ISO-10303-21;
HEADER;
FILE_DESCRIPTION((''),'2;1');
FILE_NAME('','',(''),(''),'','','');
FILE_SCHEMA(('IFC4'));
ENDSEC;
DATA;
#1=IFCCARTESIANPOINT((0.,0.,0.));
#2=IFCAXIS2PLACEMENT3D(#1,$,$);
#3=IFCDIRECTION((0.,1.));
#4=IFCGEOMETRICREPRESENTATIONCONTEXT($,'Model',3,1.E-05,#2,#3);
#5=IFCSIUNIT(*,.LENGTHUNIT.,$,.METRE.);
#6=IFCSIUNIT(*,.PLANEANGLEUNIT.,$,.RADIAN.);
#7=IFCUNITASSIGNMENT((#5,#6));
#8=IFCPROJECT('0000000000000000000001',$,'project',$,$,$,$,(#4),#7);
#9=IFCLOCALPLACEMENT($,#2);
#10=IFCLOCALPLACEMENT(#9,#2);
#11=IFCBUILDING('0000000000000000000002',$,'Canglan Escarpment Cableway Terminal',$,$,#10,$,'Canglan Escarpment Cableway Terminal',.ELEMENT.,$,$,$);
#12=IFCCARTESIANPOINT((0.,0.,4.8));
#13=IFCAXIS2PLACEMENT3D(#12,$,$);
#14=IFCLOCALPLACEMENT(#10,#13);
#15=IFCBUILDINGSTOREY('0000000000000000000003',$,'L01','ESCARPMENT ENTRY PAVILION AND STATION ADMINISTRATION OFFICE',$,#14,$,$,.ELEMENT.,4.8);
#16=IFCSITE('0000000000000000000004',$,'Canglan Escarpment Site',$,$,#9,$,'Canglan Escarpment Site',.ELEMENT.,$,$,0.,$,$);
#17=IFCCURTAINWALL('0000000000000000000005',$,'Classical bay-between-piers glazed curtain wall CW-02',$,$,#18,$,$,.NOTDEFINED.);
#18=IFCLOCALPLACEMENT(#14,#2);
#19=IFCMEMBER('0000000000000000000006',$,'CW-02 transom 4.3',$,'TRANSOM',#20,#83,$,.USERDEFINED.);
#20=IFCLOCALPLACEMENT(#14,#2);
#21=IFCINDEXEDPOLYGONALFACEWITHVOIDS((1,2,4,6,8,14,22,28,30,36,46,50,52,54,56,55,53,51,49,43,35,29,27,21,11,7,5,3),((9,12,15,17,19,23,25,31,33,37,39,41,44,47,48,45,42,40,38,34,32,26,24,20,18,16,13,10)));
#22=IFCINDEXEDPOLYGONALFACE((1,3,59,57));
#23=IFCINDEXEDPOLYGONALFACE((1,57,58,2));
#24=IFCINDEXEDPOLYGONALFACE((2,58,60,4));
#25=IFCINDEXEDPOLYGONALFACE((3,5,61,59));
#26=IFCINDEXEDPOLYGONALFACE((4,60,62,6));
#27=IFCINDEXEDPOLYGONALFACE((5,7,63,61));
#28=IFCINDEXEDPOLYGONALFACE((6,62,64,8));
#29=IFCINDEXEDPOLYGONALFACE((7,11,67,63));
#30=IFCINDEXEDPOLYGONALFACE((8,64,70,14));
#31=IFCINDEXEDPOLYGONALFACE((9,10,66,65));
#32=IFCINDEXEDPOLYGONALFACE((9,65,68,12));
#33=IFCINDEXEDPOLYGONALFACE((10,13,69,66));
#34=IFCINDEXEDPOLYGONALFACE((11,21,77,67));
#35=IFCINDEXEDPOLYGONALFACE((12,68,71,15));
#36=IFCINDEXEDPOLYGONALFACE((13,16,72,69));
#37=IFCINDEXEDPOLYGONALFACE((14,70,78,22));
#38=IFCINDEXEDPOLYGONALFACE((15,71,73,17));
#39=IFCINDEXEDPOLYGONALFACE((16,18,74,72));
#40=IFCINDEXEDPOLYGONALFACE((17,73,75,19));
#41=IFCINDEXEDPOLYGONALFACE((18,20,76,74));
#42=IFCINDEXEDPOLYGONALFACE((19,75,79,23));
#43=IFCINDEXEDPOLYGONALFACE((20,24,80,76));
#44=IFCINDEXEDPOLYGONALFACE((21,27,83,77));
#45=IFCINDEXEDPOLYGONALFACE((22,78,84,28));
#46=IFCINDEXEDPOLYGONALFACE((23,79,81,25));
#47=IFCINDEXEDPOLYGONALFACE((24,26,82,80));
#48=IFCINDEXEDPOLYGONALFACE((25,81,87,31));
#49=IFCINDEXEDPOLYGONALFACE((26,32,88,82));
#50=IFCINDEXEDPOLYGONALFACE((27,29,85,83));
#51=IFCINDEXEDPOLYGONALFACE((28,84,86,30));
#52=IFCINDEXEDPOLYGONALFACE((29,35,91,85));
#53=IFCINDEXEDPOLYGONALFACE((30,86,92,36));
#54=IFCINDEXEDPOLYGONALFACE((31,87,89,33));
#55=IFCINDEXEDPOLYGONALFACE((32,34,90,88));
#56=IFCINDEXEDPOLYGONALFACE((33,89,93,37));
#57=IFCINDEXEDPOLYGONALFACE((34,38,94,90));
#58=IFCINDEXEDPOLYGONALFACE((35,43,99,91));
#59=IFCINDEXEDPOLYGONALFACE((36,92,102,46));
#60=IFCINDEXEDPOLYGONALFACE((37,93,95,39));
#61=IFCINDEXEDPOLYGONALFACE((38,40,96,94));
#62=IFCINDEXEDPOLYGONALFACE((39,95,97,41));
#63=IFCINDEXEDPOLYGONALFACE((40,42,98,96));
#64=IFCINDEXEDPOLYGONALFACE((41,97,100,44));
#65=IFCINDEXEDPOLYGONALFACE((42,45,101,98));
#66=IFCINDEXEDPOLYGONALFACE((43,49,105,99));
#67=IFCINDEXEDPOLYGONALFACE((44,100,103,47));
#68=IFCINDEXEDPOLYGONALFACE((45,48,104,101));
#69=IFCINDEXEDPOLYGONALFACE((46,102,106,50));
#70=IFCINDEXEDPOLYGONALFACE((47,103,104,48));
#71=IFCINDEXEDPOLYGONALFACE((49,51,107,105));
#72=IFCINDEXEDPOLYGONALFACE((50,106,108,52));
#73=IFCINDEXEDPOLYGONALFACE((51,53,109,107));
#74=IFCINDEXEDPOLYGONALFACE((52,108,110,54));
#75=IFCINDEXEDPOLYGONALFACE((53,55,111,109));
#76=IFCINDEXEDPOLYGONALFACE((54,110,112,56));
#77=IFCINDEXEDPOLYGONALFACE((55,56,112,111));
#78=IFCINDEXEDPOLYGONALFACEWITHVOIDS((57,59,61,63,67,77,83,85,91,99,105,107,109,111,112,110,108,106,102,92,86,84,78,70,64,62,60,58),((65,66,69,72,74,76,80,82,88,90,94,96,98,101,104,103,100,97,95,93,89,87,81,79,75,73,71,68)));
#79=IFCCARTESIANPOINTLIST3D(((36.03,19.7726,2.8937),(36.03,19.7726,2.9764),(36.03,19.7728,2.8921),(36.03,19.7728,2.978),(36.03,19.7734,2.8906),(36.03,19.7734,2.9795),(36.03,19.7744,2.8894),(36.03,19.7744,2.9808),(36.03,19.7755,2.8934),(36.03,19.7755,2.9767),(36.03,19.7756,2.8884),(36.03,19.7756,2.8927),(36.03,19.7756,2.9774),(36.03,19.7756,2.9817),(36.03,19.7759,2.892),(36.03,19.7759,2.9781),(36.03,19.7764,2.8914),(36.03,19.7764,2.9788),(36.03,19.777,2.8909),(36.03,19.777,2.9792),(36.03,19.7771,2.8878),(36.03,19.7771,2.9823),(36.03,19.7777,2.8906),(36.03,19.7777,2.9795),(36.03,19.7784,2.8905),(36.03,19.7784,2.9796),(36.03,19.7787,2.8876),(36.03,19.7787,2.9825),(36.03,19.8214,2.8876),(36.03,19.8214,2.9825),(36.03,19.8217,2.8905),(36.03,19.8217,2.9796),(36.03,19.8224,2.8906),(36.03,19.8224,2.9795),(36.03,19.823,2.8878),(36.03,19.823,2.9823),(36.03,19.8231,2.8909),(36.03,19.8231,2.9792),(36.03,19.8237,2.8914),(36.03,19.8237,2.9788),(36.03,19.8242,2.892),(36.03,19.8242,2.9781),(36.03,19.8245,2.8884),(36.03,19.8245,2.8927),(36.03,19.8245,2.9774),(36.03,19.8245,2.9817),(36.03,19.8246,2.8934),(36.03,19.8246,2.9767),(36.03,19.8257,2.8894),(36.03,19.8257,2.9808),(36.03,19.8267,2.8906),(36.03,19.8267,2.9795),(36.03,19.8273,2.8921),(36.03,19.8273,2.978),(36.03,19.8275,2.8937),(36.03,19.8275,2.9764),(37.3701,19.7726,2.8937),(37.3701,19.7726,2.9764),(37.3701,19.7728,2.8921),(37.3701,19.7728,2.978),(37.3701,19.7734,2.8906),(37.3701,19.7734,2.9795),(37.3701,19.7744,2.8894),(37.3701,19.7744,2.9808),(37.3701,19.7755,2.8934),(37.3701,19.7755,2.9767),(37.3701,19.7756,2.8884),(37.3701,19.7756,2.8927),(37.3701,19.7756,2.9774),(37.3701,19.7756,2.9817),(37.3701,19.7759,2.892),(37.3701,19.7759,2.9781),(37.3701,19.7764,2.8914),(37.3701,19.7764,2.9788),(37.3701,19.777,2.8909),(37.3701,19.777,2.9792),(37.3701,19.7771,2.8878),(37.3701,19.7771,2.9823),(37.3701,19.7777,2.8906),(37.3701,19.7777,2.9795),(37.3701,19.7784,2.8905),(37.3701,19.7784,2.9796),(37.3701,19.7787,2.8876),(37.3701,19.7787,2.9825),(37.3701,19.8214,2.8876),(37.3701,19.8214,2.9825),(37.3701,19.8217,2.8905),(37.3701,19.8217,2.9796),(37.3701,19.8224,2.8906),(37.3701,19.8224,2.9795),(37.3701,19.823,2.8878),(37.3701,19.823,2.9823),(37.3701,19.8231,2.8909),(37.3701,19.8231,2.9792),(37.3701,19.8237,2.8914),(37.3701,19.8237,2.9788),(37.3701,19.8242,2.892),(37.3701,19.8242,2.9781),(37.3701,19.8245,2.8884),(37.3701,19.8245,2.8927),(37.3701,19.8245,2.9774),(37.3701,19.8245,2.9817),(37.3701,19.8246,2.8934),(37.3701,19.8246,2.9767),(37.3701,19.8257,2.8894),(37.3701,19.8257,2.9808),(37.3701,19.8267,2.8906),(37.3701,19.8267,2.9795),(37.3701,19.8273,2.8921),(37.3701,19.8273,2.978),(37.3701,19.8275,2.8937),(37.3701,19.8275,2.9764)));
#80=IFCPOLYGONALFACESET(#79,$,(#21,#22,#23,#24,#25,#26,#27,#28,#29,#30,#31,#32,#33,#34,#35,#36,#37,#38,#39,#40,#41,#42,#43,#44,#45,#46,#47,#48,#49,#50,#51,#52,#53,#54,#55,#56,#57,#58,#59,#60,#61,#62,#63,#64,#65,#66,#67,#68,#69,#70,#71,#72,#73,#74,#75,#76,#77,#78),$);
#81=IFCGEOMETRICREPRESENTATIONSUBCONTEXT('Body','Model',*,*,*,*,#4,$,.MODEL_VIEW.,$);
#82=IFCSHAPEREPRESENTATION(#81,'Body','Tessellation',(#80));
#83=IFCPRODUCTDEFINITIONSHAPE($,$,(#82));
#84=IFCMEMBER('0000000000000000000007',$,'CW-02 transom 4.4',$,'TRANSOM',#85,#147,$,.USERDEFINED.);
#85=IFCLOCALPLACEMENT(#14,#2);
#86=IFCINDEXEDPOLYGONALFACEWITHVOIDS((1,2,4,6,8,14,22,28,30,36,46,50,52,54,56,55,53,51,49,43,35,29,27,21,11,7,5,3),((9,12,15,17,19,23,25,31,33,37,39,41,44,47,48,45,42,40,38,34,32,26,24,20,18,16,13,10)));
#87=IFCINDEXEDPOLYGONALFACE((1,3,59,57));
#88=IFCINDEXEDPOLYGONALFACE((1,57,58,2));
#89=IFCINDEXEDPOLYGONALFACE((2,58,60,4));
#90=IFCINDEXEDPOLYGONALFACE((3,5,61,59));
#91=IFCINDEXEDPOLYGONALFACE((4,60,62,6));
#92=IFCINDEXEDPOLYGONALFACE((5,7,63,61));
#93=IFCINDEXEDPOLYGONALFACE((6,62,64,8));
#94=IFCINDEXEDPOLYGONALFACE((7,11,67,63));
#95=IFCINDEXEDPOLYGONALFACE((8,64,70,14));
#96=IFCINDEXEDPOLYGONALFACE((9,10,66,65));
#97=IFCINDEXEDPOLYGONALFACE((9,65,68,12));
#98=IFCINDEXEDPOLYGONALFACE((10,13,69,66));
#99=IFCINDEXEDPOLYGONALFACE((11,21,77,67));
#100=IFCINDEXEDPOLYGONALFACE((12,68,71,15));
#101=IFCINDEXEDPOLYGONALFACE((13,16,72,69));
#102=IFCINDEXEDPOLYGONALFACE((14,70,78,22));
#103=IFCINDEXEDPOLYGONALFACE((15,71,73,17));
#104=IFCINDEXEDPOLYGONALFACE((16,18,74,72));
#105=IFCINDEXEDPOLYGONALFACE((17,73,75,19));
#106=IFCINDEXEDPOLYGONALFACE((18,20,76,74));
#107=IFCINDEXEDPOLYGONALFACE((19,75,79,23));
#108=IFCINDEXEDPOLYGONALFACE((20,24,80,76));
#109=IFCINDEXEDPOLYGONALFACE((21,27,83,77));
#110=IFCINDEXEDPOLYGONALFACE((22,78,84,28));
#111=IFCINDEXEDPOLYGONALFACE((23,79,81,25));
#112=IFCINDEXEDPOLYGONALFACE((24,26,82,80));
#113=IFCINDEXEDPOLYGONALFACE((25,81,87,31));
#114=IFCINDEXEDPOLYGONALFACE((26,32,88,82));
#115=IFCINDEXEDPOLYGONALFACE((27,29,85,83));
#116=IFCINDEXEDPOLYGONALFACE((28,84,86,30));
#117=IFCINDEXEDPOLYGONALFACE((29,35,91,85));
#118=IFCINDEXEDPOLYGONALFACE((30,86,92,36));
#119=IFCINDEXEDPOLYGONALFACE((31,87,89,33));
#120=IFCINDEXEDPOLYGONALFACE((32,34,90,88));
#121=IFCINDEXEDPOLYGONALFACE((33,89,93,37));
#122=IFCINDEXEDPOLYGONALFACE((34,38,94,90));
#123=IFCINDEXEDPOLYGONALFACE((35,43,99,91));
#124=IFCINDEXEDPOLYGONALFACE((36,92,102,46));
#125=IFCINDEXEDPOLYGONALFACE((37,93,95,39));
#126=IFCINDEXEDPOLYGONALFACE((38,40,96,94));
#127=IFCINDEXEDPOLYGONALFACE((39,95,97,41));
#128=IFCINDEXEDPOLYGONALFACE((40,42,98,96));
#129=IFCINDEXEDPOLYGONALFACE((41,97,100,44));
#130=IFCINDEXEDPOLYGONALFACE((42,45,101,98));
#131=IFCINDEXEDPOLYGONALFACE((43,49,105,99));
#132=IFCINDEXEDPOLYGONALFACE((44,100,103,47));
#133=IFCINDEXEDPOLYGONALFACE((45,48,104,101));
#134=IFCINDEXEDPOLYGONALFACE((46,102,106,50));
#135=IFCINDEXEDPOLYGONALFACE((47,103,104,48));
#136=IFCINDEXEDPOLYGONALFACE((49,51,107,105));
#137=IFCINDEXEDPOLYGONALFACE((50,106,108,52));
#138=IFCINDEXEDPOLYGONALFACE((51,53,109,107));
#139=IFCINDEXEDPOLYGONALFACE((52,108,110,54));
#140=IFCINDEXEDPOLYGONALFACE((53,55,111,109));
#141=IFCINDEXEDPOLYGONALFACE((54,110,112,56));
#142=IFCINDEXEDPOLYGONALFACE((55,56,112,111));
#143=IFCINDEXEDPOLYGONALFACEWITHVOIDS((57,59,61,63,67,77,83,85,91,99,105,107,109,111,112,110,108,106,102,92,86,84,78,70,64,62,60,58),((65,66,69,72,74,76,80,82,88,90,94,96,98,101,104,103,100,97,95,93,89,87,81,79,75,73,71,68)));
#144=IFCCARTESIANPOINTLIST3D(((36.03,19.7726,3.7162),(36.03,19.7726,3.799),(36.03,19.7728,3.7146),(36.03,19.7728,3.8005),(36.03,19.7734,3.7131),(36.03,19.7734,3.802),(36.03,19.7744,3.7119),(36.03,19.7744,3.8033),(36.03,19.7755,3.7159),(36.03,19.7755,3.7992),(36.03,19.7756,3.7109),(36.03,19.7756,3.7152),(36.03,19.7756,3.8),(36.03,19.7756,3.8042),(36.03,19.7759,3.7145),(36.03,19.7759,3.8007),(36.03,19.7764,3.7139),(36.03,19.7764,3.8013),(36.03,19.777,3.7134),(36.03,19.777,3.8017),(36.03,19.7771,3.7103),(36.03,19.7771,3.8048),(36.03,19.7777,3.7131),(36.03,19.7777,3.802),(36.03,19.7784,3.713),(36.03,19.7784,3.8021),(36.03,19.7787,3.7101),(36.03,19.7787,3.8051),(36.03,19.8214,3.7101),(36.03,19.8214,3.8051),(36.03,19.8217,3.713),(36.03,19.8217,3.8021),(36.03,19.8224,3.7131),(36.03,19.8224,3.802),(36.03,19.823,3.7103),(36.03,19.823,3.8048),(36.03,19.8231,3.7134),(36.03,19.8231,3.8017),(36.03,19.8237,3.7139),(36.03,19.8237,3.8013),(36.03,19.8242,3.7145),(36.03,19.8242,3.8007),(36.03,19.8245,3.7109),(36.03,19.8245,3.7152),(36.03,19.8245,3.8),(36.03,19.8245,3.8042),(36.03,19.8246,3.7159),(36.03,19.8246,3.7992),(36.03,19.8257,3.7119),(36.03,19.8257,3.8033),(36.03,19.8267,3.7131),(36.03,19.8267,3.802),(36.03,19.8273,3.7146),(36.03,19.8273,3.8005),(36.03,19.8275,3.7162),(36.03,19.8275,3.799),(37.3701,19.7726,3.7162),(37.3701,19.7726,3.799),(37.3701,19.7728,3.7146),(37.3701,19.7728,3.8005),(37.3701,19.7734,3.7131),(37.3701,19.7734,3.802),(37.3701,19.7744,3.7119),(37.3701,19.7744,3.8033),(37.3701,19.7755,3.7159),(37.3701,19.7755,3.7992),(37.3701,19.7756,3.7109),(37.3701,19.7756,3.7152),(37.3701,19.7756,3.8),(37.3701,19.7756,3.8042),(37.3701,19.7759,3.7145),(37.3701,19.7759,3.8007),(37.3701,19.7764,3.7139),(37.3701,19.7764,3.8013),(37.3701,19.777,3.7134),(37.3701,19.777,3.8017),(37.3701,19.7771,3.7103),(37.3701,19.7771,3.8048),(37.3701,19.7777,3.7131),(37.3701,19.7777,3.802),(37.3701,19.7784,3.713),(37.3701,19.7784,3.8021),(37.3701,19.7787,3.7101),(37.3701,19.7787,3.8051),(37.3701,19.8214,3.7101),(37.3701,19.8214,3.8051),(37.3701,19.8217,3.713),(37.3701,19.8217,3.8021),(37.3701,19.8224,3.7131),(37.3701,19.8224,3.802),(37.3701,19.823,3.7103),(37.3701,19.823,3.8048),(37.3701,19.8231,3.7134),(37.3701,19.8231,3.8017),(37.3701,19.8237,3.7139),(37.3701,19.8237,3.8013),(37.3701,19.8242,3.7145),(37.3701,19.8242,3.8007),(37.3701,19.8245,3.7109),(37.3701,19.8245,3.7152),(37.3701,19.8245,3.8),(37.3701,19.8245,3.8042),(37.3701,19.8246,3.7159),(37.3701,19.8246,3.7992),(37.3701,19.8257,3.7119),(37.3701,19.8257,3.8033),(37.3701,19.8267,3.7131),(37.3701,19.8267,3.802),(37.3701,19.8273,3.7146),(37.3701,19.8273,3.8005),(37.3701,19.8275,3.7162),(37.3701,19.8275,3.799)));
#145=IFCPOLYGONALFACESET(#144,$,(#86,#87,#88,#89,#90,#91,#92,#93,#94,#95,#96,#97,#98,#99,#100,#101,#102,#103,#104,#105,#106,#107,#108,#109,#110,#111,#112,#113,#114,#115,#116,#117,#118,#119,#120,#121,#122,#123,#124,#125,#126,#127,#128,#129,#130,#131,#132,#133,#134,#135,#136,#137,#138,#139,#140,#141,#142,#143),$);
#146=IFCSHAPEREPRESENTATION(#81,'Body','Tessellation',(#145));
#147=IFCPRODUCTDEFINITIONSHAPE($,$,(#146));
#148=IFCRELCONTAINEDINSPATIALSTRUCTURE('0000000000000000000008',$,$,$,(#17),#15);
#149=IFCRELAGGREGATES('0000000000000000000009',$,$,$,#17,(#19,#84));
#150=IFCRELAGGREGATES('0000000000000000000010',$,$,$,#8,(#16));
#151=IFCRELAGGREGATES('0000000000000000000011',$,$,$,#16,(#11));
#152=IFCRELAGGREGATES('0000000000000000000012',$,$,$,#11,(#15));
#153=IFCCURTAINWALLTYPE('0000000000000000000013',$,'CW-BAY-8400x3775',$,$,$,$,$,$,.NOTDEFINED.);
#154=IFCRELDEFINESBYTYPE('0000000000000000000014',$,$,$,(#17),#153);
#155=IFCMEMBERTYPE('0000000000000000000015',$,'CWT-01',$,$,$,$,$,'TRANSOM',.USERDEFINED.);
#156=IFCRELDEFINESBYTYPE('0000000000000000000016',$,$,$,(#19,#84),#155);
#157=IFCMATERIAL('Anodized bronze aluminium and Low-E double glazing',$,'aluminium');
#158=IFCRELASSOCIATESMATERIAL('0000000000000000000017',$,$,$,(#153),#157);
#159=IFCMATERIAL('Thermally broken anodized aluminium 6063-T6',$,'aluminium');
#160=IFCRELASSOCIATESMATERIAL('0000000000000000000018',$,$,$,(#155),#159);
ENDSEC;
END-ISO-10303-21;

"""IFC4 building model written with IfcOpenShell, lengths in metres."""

from ifc_helpers import new_model, si_unit, direction, frame, origin, origin_2d, place, context, subcontext, project, spatial, hollow_rectangle, extrude, material, material_profile, profile_set, type_object, element, aggregate, save


model = new_model("IFC4")

# Units and contexts
model_context = context("Model", 3, precision=1e-05, world=origin(), true_north=direction((0.0, 1.0)))
body_context = subcontext(model_context, "Body", "Model", "MODEL_VIEW")
ifc_project = project(units=[si_unit("LENGTHUNIT", "METRE"), si_unit("PLANEANGLEUNIT", "RADIAN")], contexts=[model_context])

# Site, building, storey
site_placement = place(None, origin())
site = spatial("IfcSite", under=ifc_project, at=site_placement, Name="Canglan Escarpment Site", LongName="Canglan Escarpment Site", CompositionType="ELEMENT", RefElevation=0.0)
building_placement = place(site_placement, origin())
building = spatial("IfcBuilding", under=site, at=building_placement, Name="Canglan Escarpment Cableway Terminal", LongName="Canglan Escarpment Cableway Terminal", CompositionType="ELEMENT")
storey_placement = place(building_placement, frame((0.0, 0.0, 4.8)))
storey = spatial("IfcBuildingStorey", under=building, at=storey_placement, Name="L01", Description="ESCARPMENT ENTRY PAVILION AND STATION ADMINISTRATION OFFICE", CompositionType="ELEMENT", Elevation=4.8)

# Curtain wall, members
ifc_material_1 = material(Name="Anodized bronze aluminium and Low-E double glazing", Category="aluminium")
curtain_wall_type = type_object("IfcCurtainWallType", Name="CW-BAY-8400x3775", PredefinedType="NOTDEFINED", material=ifc_material_1)
curtain_wall_placement = place(storey_placement, origin())
curtain_wall = element("IfcCurtainWall", 1, at=curtain_wall_placement, inside=storey, type_object=curtain_wall_type, Name="Classical bay-between-piers glazed curtain wall CW-02", PredefinedType="NOTDEFINED")
ifc_material_2 = material(Name="Thermally broken anodized aluminium 6063-T6", Category="aluminium")
ifc_material_profile_1 = material_profile(ifc_material_2, hollow_rectangle(XDim=0.0549, YDim=0.095, WallThickness=0.0029, InnerFilletRadius=0.0029, OuterFilletRadius=0.0061, at=origin_2d()), Name="ALU-TRAN 55x95x3")
ifc_profile_set_1 = profile_set([ifc_material_profile_1], Name="Thermally broken anodized aluminium 6063-T6")
member_type_1 = type_object("IfcMemberType", Name="CWT-01", ElementType="TRANSOM", PredefinedType="USERDEFINED", material=ifc_profile_set_1)
member_1_placement = place(storey_placement, frame((37.3701, 19.8, 2.9351), z_axis=(-1.0, 0.0, 0.0), x_axis=(0.0, -1.0, 0.0)))
member_1 = element("IfcMember", 2, at=member_1_placement, type_object=member_type_1, Name="CW-02 transom 4.3", ObjectType="TRANSOM", PredefinedType="USERDEFINED", context=body_context, shape_type="SweptSolid", body=[
    extrude(hollow_rectangle(XDim=0.0549, YDim=0.095, WallThickness=0.0029, InnerFilletRadius=0.0029, OuterFilletRadius=0.0061, at=origin_2d()), origin(), (0.0, 0.0, 1.0), 1.3401),
])
member_2_placement = place(storey_placement, frame((37.3701, 19.8, 3.7576), z_axis=(-1.0, 0.0, 0.0), x_axis=(0.0, -1.0, 0.0)))
member_2 = element("IfcMember", 3, at=member_2_placement, type_object=member_type_1, Name="CW-02 transom 4.4", ObjectType="TRANSOM", PredefinedType="USERDEFINED", context=body_context, shape_type="SweptSolid", body=[
    extrude(hollow_rectangle(XDim=0.0549, YDim=0.095, WallThickness=0.0029, InnerFilletRadius=0.0029, OuterFilletRadius=0.0061, at=origin_2d()), origin(), (0.0, 0.0, 1.0), 1.3401),
])

aggregate(curtain_wall, [member_1, member_2])

save(model, "model.ifc")
